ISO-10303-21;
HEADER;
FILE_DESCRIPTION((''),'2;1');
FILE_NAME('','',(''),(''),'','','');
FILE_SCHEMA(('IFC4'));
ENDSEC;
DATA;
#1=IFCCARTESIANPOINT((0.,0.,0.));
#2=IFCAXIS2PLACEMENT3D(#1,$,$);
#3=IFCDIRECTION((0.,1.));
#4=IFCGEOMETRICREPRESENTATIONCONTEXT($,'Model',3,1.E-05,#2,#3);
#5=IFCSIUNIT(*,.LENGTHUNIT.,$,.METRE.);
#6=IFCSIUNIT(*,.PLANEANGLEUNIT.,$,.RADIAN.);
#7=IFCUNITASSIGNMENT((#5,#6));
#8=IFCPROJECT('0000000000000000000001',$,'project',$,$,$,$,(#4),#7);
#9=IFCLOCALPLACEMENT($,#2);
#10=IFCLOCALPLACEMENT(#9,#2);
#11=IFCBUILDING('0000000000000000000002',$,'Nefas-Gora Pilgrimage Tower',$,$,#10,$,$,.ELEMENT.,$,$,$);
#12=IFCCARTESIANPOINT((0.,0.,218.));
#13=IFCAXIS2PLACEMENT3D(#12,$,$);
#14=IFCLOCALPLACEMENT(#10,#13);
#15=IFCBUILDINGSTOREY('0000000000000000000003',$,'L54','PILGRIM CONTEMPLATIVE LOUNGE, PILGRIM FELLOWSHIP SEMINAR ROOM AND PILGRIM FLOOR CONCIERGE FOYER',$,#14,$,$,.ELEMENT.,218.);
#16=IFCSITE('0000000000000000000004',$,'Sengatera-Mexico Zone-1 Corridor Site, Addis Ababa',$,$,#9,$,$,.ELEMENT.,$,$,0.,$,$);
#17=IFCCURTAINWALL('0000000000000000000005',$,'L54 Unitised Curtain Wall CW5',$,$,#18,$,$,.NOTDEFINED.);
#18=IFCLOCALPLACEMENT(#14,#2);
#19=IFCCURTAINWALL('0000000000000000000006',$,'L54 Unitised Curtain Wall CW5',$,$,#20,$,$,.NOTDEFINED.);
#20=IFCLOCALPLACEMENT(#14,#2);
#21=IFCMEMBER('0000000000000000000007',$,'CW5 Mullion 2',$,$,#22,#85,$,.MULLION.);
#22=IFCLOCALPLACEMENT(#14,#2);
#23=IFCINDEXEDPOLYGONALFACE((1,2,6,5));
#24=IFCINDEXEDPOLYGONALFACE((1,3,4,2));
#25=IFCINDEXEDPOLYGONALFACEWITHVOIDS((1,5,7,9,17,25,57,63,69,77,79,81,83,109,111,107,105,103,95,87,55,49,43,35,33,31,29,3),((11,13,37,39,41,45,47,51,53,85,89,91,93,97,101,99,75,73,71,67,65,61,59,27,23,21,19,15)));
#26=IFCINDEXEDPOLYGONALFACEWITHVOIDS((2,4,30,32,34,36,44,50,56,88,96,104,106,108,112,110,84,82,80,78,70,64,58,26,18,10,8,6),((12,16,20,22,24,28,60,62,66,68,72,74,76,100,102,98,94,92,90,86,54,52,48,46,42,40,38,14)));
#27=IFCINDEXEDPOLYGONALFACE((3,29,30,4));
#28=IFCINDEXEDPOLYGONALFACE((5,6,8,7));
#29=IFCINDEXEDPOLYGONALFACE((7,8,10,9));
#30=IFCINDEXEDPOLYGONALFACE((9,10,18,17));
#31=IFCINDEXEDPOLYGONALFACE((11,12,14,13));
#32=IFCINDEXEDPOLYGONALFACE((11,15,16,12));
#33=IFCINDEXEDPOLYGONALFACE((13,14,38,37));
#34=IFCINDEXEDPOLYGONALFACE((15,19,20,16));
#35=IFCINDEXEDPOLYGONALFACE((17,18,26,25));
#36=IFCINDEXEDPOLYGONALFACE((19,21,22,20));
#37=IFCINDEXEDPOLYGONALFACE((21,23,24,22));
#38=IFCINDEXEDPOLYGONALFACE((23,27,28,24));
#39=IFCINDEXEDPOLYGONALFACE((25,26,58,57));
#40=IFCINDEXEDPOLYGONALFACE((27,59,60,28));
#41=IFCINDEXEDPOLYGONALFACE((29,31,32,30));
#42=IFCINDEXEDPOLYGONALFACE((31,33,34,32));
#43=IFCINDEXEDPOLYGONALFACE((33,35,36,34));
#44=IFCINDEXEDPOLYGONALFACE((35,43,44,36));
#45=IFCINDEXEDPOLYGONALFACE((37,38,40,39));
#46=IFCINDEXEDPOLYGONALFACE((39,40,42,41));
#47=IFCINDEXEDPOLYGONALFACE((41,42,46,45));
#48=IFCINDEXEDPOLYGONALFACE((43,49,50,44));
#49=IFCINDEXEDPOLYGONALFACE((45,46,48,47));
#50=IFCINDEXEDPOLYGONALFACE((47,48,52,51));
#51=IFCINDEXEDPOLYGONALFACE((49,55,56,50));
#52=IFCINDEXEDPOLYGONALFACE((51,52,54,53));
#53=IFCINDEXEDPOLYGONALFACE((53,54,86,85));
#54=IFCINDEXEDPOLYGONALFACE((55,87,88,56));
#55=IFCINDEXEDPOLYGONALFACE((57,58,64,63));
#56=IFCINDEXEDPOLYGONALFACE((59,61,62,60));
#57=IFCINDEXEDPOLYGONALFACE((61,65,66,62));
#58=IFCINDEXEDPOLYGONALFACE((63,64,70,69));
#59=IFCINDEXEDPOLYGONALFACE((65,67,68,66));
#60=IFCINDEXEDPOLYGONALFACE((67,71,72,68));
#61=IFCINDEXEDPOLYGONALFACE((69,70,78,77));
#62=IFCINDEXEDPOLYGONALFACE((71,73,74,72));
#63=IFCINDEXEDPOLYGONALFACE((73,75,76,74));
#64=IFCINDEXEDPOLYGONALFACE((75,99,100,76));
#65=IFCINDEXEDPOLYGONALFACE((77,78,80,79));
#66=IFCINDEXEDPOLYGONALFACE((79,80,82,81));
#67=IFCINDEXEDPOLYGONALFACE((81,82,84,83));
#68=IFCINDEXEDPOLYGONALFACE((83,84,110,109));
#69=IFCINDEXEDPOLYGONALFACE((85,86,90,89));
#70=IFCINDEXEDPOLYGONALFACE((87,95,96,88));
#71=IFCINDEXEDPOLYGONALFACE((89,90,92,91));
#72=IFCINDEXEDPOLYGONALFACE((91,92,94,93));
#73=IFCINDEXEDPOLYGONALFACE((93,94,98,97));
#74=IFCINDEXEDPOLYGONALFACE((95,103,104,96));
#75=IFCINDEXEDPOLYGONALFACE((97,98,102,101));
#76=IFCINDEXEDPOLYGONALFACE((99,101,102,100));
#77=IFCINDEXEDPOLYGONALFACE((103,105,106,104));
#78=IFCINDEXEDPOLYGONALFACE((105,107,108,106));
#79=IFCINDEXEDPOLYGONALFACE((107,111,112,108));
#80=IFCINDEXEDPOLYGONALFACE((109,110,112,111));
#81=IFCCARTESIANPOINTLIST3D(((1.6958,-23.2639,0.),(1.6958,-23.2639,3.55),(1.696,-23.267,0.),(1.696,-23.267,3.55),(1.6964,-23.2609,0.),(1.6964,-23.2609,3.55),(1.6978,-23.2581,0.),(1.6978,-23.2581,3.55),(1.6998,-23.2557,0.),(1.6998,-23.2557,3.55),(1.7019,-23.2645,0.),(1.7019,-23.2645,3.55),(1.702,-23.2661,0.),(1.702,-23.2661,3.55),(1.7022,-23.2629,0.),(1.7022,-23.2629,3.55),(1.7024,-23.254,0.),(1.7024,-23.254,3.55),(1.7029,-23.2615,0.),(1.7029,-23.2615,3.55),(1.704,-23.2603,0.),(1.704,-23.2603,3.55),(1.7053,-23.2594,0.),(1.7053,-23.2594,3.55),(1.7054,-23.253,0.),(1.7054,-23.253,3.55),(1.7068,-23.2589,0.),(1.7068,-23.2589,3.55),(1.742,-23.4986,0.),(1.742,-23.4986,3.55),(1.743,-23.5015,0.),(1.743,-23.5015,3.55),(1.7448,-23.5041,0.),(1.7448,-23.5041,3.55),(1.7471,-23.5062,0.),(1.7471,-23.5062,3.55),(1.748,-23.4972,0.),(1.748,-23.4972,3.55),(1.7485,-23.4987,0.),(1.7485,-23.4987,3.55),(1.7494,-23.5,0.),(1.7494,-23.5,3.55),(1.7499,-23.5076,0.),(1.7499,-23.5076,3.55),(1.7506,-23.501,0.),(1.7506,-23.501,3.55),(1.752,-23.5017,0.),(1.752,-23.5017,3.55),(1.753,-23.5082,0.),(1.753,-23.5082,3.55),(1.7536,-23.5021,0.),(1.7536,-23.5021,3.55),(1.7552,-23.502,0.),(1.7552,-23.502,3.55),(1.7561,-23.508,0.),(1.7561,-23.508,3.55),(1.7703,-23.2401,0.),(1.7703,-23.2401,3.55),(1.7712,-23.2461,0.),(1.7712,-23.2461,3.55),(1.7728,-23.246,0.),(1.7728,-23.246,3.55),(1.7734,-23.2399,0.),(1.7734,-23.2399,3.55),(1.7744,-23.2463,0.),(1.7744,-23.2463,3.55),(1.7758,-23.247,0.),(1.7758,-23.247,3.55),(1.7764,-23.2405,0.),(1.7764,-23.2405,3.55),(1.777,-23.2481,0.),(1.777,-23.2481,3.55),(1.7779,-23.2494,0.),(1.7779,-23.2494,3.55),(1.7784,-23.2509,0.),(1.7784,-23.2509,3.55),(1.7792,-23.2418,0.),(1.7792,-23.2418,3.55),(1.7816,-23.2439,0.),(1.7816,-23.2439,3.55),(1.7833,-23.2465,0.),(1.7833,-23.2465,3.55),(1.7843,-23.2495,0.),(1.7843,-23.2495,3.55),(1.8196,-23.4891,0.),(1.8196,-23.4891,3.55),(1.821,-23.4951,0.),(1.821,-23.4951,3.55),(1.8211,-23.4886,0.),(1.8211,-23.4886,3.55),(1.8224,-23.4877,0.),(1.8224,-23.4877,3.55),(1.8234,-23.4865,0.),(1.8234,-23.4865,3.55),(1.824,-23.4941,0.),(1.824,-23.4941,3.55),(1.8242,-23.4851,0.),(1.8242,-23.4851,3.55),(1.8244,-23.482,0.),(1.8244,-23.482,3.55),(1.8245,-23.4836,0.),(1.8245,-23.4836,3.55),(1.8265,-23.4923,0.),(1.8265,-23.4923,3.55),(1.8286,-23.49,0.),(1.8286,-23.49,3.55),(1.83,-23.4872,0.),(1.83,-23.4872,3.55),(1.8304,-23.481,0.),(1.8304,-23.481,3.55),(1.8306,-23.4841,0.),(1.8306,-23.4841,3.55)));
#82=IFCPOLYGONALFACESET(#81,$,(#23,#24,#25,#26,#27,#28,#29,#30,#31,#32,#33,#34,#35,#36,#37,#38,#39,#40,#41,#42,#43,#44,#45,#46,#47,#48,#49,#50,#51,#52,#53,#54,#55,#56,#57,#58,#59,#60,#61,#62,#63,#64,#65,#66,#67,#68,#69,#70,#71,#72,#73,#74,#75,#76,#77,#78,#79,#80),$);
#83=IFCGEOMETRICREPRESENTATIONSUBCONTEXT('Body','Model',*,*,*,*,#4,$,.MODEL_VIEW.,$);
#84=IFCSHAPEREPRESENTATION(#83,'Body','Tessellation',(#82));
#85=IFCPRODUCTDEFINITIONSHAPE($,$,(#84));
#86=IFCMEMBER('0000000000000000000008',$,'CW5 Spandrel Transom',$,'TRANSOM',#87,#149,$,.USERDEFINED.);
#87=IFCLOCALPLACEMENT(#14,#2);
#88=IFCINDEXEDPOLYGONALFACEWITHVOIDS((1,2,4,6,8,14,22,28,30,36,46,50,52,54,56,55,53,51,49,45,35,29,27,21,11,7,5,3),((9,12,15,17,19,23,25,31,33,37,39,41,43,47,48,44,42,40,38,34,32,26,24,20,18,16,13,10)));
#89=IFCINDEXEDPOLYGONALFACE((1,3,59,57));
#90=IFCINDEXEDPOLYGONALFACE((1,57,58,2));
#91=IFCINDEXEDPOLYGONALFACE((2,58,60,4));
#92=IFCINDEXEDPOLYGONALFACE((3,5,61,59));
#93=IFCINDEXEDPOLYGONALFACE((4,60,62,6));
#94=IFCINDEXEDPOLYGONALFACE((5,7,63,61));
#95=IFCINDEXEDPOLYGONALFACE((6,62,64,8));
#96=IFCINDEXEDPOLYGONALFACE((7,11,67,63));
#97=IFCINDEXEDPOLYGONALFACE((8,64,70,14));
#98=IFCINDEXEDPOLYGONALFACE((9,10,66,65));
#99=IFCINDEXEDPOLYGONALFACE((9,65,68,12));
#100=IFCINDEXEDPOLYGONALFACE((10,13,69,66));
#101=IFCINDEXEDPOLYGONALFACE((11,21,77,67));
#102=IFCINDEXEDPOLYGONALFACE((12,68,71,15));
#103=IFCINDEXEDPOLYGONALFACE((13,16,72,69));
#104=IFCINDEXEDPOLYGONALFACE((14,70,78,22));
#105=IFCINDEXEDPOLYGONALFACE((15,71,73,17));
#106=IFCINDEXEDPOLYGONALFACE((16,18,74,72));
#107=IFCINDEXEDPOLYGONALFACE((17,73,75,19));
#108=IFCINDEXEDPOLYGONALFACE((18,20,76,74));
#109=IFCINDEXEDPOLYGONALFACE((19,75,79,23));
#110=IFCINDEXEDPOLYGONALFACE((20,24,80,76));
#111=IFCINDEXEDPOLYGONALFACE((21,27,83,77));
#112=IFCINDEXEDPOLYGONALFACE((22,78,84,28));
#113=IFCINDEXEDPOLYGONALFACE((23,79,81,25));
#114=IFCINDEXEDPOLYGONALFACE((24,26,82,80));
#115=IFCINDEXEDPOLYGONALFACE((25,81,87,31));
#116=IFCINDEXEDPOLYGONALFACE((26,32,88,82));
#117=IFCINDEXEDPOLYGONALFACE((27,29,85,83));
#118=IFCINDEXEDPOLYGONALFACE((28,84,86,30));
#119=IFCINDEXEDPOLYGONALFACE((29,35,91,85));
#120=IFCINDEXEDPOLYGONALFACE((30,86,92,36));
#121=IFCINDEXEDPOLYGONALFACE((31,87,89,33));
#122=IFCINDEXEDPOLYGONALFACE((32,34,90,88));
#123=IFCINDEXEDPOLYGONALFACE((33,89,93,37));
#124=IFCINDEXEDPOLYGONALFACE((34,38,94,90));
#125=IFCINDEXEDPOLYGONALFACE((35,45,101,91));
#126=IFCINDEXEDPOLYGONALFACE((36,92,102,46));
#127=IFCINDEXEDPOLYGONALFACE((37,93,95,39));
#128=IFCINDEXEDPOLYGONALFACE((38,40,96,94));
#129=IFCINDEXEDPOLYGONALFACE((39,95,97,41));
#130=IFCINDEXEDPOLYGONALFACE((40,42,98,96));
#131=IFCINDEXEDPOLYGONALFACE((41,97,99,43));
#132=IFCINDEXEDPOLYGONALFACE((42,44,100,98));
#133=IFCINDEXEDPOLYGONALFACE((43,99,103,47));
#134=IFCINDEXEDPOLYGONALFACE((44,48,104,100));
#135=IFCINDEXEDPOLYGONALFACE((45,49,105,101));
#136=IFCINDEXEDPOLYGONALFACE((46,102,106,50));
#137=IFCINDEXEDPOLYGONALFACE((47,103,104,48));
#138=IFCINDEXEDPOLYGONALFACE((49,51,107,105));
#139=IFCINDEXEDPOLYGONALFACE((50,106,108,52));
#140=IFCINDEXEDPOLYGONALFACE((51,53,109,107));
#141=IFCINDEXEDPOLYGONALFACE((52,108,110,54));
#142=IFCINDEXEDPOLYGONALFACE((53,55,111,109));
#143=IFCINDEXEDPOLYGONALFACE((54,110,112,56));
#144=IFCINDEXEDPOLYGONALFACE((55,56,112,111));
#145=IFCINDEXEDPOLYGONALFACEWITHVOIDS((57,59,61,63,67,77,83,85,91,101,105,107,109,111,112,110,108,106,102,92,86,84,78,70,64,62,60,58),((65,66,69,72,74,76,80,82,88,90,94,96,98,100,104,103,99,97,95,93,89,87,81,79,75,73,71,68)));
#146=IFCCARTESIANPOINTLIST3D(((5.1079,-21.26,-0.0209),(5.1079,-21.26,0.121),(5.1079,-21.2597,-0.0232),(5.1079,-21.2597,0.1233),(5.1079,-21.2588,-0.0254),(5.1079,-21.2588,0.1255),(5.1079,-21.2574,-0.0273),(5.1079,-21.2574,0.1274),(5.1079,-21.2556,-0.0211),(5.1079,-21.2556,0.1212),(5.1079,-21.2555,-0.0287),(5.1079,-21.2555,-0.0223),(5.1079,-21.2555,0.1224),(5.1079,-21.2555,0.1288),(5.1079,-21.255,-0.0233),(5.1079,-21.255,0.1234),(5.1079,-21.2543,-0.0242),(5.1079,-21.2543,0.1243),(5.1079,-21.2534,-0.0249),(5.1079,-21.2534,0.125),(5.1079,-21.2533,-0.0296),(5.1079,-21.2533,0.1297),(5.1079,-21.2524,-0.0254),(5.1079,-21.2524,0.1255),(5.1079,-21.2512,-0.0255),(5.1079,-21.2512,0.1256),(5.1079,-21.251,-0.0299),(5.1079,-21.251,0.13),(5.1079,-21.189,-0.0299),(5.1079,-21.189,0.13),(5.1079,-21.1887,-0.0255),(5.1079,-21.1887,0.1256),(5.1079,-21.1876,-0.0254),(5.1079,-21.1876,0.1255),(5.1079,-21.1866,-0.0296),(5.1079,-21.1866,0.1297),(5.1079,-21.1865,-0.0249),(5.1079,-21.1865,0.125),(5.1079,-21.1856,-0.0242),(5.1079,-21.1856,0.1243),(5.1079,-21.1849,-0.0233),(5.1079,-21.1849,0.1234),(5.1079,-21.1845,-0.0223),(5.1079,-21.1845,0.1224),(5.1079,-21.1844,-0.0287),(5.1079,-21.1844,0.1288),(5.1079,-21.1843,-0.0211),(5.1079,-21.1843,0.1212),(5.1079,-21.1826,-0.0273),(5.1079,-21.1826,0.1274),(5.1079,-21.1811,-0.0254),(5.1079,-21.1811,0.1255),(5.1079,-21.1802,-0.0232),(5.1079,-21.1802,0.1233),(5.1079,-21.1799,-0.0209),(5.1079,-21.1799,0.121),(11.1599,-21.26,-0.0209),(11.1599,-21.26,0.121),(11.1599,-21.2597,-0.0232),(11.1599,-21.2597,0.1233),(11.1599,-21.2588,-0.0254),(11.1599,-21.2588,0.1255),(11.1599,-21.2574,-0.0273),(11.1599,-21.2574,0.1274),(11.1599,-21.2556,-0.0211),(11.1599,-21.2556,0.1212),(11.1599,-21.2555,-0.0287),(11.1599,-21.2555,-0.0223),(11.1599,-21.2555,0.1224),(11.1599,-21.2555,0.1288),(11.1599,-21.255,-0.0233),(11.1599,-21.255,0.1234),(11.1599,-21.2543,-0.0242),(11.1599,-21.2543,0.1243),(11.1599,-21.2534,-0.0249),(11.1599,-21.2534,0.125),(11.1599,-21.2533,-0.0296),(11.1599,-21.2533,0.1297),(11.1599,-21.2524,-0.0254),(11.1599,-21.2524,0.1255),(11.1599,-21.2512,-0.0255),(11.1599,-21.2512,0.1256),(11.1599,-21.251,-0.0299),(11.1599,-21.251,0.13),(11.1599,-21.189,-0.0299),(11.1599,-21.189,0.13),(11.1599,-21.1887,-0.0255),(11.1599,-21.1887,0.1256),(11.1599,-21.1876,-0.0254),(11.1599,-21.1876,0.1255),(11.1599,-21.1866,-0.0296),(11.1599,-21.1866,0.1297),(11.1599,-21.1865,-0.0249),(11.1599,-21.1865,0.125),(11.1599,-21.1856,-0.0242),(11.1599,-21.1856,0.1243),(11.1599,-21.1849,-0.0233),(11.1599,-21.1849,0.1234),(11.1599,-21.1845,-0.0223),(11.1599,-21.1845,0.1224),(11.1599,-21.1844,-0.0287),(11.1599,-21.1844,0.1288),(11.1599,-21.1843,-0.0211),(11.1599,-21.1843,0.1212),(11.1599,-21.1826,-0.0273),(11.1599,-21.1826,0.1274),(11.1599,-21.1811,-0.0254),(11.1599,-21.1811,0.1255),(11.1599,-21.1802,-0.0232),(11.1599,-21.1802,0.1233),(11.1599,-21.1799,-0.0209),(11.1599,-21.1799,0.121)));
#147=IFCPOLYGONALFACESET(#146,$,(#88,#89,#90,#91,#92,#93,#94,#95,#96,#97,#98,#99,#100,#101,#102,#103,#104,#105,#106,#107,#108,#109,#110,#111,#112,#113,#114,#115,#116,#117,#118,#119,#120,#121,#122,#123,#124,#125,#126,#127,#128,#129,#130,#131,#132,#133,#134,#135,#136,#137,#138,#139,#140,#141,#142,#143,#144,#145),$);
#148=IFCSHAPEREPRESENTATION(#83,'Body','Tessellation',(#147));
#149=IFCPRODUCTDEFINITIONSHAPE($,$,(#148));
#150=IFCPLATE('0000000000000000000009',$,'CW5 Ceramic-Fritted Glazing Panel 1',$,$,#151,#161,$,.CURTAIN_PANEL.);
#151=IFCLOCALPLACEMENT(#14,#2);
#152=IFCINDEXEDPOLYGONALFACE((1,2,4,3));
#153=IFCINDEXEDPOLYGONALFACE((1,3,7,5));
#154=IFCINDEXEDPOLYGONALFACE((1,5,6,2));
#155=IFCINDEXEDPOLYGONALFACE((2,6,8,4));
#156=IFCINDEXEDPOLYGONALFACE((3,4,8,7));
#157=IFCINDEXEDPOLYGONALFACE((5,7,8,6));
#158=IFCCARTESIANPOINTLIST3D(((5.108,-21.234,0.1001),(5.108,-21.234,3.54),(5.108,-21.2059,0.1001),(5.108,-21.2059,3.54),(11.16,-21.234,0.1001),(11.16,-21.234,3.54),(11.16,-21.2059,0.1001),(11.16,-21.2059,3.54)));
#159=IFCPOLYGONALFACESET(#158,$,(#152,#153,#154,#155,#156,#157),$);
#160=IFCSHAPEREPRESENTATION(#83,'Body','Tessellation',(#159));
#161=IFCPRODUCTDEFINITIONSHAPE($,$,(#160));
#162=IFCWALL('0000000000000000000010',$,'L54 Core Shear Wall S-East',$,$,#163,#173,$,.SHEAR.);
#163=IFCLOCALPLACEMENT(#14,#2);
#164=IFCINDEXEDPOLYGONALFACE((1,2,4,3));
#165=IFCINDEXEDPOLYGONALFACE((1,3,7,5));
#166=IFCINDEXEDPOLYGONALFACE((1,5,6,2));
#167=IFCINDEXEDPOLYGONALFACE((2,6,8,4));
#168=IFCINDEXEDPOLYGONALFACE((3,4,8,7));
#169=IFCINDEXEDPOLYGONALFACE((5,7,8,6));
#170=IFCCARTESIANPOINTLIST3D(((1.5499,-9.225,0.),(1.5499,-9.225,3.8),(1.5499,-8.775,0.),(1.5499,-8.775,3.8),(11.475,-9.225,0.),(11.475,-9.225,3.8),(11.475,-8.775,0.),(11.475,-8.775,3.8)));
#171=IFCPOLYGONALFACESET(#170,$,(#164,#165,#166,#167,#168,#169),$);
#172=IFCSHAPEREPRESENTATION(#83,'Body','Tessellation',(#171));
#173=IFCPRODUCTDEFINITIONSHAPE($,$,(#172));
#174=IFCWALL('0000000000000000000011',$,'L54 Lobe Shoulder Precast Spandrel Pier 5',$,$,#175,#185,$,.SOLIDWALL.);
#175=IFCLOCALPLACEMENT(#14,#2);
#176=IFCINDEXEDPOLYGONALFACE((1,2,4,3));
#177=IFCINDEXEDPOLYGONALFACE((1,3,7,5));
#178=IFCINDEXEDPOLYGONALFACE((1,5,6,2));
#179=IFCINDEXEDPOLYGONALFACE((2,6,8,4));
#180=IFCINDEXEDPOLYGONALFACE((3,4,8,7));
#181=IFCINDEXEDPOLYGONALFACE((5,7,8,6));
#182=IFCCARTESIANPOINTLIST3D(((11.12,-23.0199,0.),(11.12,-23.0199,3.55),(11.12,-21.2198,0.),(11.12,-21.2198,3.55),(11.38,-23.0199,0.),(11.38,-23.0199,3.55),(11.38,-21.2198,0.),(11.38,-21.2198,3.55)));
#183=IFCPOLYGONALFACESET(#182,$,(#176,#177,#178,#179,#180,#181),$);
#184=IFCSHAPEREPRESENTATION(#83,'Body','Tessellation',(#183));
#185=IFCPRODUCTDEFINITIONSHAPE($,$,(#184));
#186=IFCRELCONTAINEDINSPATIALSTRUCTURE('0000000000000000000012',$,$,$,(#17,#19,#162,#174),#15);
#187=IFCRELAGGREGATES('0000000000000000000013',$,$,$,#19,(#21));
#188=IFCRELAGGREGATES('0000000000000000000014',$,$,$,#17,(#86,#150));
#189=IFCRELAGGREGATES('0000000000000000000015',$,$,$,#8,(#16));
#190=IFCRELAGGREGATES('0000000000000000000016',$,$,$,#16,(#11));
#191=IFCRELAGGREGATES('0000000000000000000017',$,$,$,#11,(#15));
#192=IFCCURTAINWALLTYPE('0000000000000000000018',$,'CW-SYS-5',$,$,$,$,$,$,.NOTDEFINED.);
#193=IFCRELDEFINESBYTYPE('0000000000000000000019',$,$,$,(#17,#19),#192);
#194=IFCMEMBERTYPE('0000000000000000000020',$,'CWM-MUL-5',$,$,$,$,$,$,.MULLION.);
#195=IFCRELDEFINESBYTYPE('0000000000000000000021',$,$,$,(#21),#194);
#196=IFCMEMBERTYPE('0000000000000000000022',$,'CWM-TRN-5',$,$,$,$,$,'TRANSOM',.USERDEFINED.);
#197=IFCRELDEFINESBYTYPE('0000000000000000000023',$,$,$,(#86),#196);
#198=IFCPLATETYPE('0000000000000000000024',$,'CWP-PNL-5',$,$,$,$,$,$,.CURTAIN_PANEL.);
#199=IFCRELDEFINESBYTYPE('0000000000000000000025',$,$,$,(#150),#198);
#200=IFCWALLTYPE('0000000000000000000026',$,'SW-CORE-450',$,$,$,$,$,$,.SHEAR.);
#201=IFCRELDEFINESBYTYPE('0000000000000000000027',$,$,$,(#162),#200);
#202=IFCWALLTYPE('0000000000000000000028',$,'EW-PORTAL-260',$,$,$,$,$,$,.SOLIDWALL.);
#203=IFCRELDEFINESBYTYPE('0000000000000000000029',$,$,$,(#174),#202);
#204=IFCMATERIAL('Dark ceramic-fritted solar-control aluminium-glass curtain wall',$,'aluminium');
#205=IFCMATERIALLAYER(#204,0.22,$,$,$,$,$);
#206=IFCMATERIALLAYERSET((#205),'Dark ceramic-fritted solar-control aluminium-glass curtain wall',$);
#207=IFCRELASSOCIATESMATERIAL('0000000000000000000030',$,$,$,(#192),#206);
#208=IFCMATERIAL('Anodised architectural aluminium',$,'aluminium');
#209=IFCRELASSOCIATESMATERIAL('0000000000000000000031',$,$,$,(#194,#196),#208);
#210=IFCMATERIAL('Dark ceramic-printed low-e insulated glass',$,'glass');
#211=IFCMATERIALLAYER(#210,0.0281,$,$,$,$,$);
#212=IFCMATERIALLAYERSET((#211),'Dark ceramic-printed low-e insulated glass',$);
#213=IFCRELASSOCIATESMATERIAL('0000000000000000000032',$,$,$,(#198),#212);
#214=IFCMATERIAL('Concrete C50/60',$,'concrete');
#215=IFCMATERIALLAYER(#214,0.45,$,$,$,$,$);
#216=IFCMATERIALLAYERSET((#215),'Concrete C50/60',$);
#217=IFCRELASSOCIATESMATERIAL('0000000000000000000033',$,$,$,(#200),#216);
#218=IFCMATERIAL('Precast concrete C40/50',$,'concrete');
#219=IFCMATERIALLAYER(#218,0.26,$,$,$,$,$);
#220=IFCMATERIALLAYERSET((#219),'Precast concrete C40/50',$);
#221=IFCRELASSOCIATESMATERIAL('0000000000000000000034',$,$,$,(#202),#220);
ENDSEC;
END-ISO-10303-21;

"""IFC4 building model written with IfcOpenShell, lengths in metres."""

from ifc_helpers import new_model, si_unit, direction, frame, frame_2d, origin, origin_2d, place, context, subcontext, project, spatial, rectangle, hollow_rectangle, extrude, source, transform, mapped, material, layer, layer_set, material_profile, profile_set, type_object, element, aggregate, save


model = new_model("IFC4")

# Units and contexts
model_context = context("Model", 3, precision=1e-05, world=origin(), true_north=direction((0.0, 1.0)))
body_context = subcontext(model_context, "Body", "Model", "MODEL_VIEW")
ifc_project = project(units=[si_unit("LENGTHUNIT", "METRE"), si_unit("PLANEANGLEUNIT", "RADIAN")], contexts=[model_context])

# Site, building, storey
site_placement = place(None, origin())
site = spatial("IfcSite", under=ifc_project, at=site_placement, Name="Sengatera-Mexico Zone-1 Corridor Site, Addis Ababa", CompositionType="ELEMENT", RefElevation=0.0)
building_placement = place(site_placement, origin())
building = spatial("IfcBuilding", under=site, at=building_placement, Name="Nefas-Gora Pilgrimage Tower", CompositionType="ELEMENT")
storey_placement = place(building_placement, frame((0.0, 0.0, 218.0)))
storey = spatial("IfcBuildingStorey", under=building, at=storey_placement, Name="L54", Description="PILGRIM CONTEMPLATIVE LOUNGE, PILGRIM FELLOWSHIP SEMINAR ROOM AND PILGRIM FLOOR CONCIERGE FOYER", CompositionType="ELEMENT", Elevation=218.0)

# Curtain wall
ifc_material_1 = material(Name="Dark ceramic-fritted solar-control aluminium-glass curtain wall", Category="aluminium")
ifc_layer_1 = layer(ifc_material_1, 0.22)
ifc_layer_set_1 = layer_set([ifc_layer_1], Name="Dark ceramic-fritted solar-control aluminium-glass curtain wall")
curtain_wall_type = type_object("IfcCurtainWallType", Name="CW-SYS-5", PredefinedType="NOTDEFINED", material=ifc_layer_set_1)
curtain_wall_1_placement = place(storey_placement, origin())
curtain_wall_1 = element("IfcCurtainWall", 1, at=curtain_wall_1_placement, inside=storey, type_object=curtain_wall_type, Name="L54 Unitised Curtain Wall CW5", PredefinedType="NOTDEFINED")
ifc_material_2 = material(Name="Anodised architectural aluminium", Category="aluminium")
ifc_material_profile_1 = material_profile(ifc_material_2, hollow_rectangle(XDim=0.0901, YDim=0.26, WallThickness=0.0061, InnerFilletRadius=0.0061, OuterFilletRadius=0.012, at=origin_2d()), Name="ALU MULLION 90x260")
ifc_profile_set_1 = profile_set([ifc_material_profile_1], Name="Anodised architectural aluminium")
member_type_1 = type_object("IfcMemberType", Name="CWM-MUL-5", PredefinedType="MULLION", material=ifc_profile_set_1)
shared_shape_1 = source(origin(), body_context, "Body", "SweptSolid", [
    extrude(hollow_rectangle(XDim=0.0901, YDim=0.26, WallThickness=0.0061, InnerFilletRadius=0.0061, OuterFilletRadius=0.012, at=origin_2d()), origin(), (0.0, 0.0, 1.0), 3.55),
])

# Curtain wall, member
curtain_wall_2_placement = place(storey_placement, origin())
curtain_wall_2 = element("IfcCurtainWall", 2, at=curtain_wall_2_placement, inside=storey, type_object=curtain_wall_type, Name="L54 Unitised Curtain Wall CW5", PredefinedType="NOTDEFINED")
member_1_placement = place(storey_placement, frame((1.7632, -23.374, 0.0), z_axis=(0.0, 0.0, 1.0), x_axis=(0.980783, 0.195102, 0.0)))
member_1 = element("IfcMember", 3, at=member_1_placement, type_object=member_type_1, Name="CW5 Mullion 2", PredefinedType="MULLION", context=body_context, shape_type="MappedRepresentation", body=[
    mapped(shared_shape_1, transform((0.0, 0.0, 0.0), x_axis=(1.0, 0.0, 0.0), y_axis=(0.0, 1.0, 0.0), z_axis=(0.0, 0.0, 1.0), scale=1.0)),
])
aggregate(curtain_wall_2, [member_1])

# Member
ifc_material_profile_2 = material_profile(ifc_material_2, hollow_rectangle(XDim=0.0801, YDim=0.1599, WallThickness=0.0044, InnerFilletRadius=0.0044, OuterFilletRadius=0.009, at=origin_2d()), Name="ALU TRANSOM 80x160")
ifc_profile_set_2 = profile_set([ifc_material_profile_2], Name="Anodised architectural aluminium")
member_type_2 = type_object("IfcMemberType", Name="CWM-TRN-5", ElementType="TRANSOM", PredefinedType="USERDEFINED", material=ifc_profile_set_2)
shared_shape_2 = source(origin(), body_context, "Body", "SweptSolid", [
    extrude(hollow_rectangle(XDim=0.0801, YDim=0.1599, WallThickness=0.0044, InnerFilletRadius=0.0044, OuterFilletRadius=0.009, at=origin_2d()), origin(), (0.0, 0.0, 1.0), 6.052),
])
member_2_placement = place(storey_placement, frame((5.1079, -21.22, 0.05), z_axis=(1.0, 0.0, 0.0), x_axis=(0.0, 1.0, 0.0)))
member_2 = element("IfcMember", 4, at=member_2_placement, type_object=member_type_2, Name="CW5 Spandrel Transom", ObjectType="TRANSOM", PredefinedType="USERDEFINED", context=body_context, shape_type="MappedRepresentation", body=[
    mapped(shared_shape_2, transform((0.0, 0.0, 0.0), x_axis=(1.0, 0.0, 0.0), y_axis=(0.0, 1.0, 0.0), z_axis=(0.0, 0.0, 1.0), scale=1.0)),
])

# Plate
ifc_material_3 = material(Name="Dark ceramic-printed low-e insulated glass", Category="glass")
ifc_layer_2 = layer(ifc_material_3, 0.0281)
ifc_layer_set_2 = layer_set([ifc_layer_2], Name="Dark ceramic-printed low-e insulated glass")
plate_type = type_object("IfcPlateType", Name="CWP-PNL-5", PredefinedType="CURTAIN_PANEL", material=ifc_layer_set_2)
shared_shape_3 = source(origin(), body_context, "Body", "SweptSolid", [
    extrude(rectangle(XDim=6.052, YDim=0.0281, at=origin_2d()), origin(), (0.0, 0.0, 1.0), 3.4399),
])
plate_placement = place(storey_placement, frame((8.134, -21.22, 0.1001), z_axis=(0.0, 0.0, 1.0), x_axis=(1.0, 0.0, 0.0)))
plate = element("IfcPlate", 5, at=plate_placement, type_object=plate_type, Name="CW5 Ceramic-Fritted Glazing Panel 1", PredefinedType="CURTAIN_PANEL", context=body_context, shape_type="MappedRepresentation", body=[
    mapped(shared_shape_3, transform((0.0, 0.0, 0.0), x_axis=(1.0, 0.0, 0.0), y_axis=(0.0, 1.0, 0.0), z_axis=(0.0, 0.0, 1.0), scale=1.0)),
])
aggregate(curtain_wall_1, [member_2, plate])

# Walls
ifc_material_4 = material(Name="Concrete C50/60", Category="concrete")
ifc_layer_3 = layer(ifc_material_4, 0.45)
ifc_layer_set_3 = layer_set([ifc_layer_3], Name="Concrete C50/60")
wall_type_1 = type_object("IfcWallType", Name="SW-CORE-450", PredefinedType="SHEAR", material=ifc_layer_set_3)
shared_shape_4 = source(origin(), body_context, "Body", "SweptSolid", [
    extrude(rectangle(XDim=9.925, YDim=0.45, at=frame_2d((4.9624, 0.0))), origin(), (0.0, 0.0, 1.0), 3.8),
])
wall_1_placement = place(storey_placement, frame((1.55, -9.0, 0.0), z_axis=(0.0, 0.0, 1.0), x_axis=(1.0, 0.0, 0.0)))
element("IfcWall", 6, at=wall_1_placement, inside=storey, type_object=wall_type_1, Name="L54 Core Shear Wall S-East", PredefinedType="SHEAR", context=body_context, shape_type="MappedRepresentation", body=[
    mapped(shared_shape_4, transform((0.0, 0.0, 0.0), x_axis=(1.0, 0.0, 0.0), y_axis=(0.0, 1.0, 0.0), z_axis=(0.0, 0.0, 1.0), scale=1.0)),
])
ifc_material_5 = material(Name="Precast concrete C40/50", Category="concrete")
ifc_layer_4 = layer(ifc_material_5, 0.26)
ifc_layer_set_4 = layer_set([ifc_layer_4], Name="Precast concrete C40/50")
wall_type_2 = type_object("IfcWallType", Name="EW-PORTAL-260", PredefinedType="SOLIDWALL", material=ifc_layer_set_4)
shared_shape_5 = source(origin(), body_context, "Body", "SweptSolid", [
    extrude(rectangle(XDim=1.8, YDim=0.26, at=frame_2d((0.8999, 0.0))), origin(), (0.0, 0.0, 1.0), 3.55),
])
wall_2_placement = place(storey_placement, frame((11.25, -21.22, 0.0), z_axis=(0.0, 0.0, 1.0), x_axis=(0.0, -1.0, 0.0)))
element("IfcWall", 7, at=wall_2_placement, inside=storey, type_object=wall_type_2, Name="L54 Lobe Shoulder Precast Spandrel Pier 5", PredefinedType="SOLIDWALL", context=body_context, shape_type="MappedRepresentation", body=[
    mapped(shared_shape_5, transform((0.0, 0.0, 0.0), x_axis=(1.0, 0.0, 0.0), y_axis=(0.0, 1.0, 0.0), z_axis=(0.0, 0.0, 1.0), scale=1.0)),
])

save(model, "model.ifc")
